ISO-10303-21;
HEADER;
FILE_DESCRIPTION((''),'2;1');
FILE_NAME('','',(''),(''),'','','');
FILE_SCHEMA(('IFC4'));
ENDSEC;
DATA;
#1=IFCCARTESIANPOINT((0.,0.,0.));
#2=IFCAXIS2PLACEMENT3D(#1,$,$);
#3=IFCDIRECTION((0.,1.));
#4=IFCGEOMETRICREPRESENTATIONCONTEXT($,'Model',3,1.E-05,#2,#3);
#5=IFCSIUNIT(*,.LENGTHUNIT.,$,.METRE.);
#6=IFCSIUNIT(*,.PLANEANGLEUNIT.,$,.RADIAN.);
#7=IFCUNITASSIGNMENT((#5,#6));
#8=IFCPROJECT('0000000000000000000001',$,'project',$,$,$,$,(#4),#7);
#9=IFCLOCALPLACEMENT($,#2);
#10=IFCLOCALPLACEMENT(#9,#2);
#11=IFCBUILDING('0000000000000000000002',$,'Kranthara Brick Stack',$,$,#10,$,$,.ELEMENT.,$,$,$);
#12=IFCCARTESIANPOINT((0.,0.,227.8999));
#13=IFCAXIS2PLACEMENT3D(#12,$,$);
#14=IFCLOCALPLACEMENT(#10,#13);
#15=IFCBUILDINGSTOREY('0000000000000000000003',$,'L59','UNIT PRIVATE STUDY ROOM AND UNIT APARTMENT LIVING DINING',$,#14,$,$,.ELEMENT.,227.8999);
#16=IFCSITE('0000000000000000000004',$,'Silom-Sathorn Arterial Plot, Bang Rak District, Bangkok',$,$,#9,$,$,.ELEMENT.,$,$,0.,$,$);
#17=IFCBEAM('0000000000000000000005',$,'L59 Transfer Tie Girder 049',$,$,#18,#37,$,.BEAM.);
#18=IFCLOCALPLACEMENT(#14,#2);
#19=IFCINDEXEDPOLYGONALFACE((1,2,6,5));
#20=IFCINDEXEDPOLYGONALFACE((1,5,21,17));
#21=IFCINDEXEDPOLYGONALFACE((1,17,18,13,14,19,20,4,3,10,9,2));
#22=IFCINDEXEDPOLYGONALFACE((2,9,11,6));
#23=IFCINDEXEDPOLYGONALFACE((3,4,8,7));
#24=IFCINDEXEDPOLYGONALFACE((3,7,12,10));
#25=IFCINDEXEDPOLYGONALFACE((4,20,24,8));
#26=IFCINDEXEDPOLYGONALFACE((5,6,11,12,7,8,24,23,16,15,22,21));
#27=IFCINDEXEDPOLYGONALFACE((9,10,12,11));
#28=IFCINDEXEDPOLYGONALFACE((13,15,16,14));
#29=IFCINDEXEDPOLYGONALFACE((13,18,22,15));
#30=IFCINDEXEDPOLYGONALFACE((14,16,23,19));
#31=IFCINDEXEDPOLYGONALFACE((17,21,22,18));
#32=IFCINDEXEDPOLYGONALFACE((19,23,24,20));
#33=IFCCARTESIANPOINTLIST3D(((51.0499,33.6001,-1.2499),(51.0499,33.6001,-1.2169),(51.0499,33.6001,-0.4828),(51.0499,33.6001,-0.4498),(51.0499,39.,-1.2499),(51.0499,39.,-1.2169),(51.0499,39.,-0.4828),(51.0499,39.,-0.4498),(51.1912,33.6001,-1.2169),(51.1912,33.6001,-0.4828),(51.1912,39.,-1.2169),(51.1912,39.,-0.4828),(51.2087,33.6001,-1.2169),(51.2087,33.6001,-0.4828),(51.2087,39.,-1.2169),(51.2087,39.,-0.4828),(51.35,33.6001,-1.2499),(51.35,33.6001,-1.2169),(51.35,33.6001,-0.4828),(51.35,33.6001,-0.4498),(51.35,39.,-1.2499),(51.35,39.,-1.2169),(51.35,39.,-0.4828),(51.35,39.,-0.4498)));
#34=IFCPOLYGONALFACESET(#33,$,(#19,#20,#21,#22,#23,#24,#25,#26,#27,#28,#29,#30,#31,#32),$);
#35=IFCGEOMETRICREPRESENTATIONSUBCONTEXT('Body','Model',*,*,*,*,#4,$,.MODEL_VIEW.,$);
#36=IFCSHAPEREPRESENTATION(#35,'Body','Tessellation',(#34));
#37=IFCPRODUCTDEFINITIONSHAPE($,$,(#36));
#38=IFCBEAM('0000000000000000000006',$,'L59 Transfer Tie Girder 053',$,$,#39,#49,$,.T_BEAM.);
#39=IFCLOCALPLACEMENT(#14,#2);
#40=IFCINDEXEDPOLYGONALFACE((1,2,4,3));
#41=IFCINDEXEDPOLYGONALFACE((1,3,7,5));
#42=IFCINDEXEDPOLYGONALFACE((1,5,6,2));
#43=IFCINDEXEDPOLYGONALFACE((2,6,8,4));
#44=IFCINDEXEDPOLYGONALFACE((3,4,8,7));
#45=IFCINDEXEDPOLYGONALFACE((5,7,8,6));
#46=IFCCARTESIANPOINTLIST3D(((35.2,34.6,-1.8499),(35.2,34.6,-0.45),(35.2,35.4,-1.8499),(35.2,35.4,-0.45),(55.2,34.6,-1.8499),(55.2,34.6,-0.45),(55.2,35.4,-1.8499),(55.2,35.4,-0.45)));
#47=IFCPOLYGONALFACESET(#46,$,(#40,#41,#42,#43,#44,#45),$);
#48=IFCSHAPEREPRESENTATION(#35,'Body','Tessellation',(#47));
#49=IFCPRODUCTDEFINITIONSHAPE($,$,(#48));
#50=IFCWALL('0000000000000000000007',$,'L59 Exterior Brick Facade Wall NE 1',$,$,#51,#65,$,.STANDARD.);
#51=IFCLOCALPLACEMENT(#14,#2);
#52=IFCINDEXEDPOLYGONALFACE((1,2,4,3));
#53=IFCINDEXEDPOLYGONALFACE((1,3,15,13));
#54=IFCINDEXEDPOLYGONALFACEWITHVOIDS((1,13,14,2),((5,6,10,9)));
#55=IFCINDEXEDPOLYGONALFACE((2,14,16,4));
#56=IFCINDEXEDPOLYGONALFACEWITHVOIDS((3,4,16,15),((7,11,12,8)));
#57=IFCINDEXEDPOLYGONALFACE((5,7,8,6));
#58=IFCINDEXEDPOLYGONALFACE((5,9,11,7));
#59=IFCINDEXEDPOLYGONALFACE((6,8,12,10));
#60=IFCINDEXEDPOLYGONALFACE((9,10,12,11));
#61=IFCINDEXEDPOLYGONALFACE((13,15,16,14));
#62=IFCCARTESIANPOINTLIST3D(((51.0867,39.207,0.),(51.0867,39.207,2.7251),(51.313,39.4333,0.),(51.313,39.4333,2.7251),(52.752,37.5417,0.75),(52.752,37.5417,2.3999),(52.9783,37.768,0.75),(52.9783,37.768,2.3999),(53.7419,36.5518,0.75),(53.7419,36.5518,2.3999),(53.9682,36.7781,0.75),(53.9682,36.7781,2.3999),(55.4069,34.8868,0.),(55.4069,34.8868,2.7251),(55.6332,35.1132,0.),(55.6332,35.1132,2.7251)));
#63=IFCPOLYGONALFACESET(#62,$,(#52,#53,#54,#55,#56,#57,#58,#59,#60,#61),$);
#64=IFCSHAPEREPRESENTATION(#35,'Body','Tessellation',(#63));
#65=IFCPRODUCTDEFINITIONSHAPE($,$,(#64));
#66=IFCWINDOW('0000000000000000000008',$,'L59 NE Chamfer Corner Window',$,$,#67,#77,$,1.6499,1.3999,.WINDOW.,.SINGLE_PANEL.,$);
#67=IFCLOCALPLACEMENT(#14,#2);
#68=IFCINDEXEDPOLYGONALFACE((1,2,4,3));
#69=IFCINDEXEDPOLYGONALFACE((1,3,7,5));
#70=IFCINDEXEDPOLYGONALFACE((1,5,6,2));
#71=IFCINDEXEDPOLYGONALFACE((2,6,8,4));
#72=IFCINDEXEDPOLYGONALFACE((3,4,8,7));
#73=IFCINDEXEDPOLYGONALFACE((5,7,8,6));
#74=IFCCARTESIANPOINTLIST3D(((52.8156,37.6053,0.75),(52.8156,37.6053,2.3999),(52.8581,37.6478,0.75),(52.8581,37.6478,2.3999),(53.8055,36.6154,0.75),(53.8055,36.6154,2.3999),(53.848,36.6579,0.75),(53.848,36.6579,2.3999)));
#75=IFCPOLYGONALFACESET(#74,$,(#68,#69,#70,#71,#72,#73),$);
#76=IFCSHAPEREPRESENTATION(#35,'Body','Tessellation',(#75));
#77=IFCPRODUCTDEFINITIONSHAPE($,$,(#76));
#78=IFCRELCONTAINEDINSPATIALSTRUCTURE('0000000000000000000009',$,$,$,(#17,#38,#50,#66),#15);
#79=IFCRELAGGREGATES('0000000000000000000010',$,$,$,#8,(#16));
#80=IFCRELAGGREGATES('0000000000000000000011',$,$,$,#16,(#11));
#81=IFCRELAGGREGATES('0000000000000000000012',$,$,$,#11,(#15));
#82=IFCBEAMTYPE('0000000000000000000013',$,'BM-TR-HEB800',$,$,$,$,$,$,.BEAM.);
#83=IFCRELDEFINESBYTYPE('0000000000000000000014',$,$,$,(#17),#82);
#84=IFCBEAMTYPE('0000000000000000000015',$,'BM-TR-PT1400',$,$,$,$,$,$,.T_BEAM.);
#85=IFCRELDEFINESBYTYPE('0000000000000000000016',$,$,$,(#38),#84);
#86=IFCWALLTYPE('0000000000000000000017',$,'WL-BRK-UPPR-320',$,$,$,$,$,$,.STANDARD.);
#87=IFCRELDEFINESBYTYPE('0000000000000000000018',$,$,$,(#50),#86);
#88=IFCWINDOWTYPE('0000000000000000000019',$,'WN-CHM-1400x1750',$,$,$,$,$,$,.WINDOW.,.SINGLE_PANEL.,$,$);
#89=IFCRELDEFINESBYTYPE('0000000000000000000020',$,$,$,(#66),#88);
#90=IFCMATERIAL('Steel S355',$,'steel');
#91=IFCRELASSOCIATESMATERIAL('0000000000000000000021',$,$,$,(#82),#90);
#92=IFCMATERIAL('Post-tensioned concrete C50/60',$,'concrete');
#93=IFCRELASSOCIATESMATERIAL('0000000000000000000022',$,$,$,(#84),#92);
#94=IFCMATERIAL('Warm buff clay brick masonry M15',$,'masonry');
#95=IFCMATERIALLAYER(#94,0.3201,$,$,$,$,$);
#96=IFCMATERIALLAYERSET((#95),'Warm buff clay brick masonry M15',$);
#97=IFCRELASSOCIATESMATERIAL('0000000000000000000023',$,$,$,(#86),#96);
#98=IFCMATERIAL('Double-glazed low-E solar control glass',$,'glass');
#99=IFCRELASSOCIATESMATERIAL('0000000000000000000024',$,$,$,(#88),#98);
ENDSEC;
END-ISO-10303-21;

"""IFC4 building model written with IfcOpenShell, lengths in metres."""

from ifc_helpers import new_model, si_unit, direction, frame, frame_2d, origin, origin_2d, place, context, subcontext, project, spatial, rectangle, i_section, extrude, material, layer, layer_set, material_profile, profile_set, type_object, element, fill, save


model = new_model("IFC4")

# Units and contexts
model_context = context("Model", 3, precision=1e-05, world=origin(), true_north=direction((0.0, 1.0)))
body_context = subcontext(model_context, "Body", "Model", "MODEL_VIEW")
ifc_project = project(units=[si_unit("LENGTHUNIT", "METRE"), si_unit("PLANEANGLEUNIT", "RADIAN")], contexts=[model_context])

# Site, building, storey
site_placement = place(None, origin())
site = spatial("IfcSite", under=ifc_project, at=site_placement, Name="Silom-Sathorn Arterial Plot, Bang Rak District, Bangkok", CompositionType="ELEMENT", RefElevation=0.0)
building_placement = place(site_placement, origin())
building = spatial("IfcBuilding", under=site, at=building_placement, Name="Kranthara Brick Stack", CompositionType="ELEMENT")
storey_placement = place(building_placement, frame((0.0, 0.0, 227.8999)))
storey = spatial("IfcBuildingStorey", under=building, at=storey_placement, Name="L59", Description="UNIT PRIVATE STUDY ROOM AND UNIT APARTMENT LIVING DINING", CompositionType="ELEMENT", Elevation=227.8999)

# Beams
ifc_material_1 = material(Name="Steel S355", Category="steel")
ifc_material_profile_1 = material_profile(ifc_material_1, i_section(OverallWidth=0.3, OverallDepth=0.8, WebThickness=0.0176, FlangeThickness=0.033, at=origin_2d()), Name="HEB 800")
ifc_profile_set_1 = profile_set([ifc_material_profile_1], Name="Steel S355")
beam_type_1 = type_object("IfcBeamType", Name="BM-TR-HEB800", PredefinedType="BEAM", material=ifc_profile_set_1)
beam_1_placement = place(storey_placement, frame((51.2, 39.0, -0.8499), z_axis=(0.0, -1.0, 0.0), x_axis=(1.0, 0.0, 0.0)))
element("IfcBeam", 1, at=beam_1_placement, inside=storey, type_object=beam_type_1, Name="L59 Transfer Tie Girder 049", PredefinedType="BEAM", context=body_context, shape_type="SweptSolid", body=[
    extrude(i_section(OverallWidth=0.3, OverallDepth=0.8, WebThickness=0.0176, FlangeThickness=0.033, at=origin_2d()), origin(), (0.0, 0.0, 1.0), 5.3999),
])
ifc_material_2 = material(Name="Post-tensioned concrete C50/60", Category="concrete")
ifc_material_profile_2 = material_profile(ifc_material_2, rectangle(XDim=0.8, YDim=1.3999, at=origin_2d()), Name="PT 800x1400")
ifc_profile_set_2 = profile_set([ifc_material_profile_2], Name="Post-tensioned concrete C50/60")
beam_type_2 = type_object("IfcBeamType", Name="BM-TR-PT1400", PredefinedType="T_BEAM", material=ifc_profile_set_2)
beam_2_placement = place(storey_placement, frame((55.2, 35.0, -1.1499), z_axis=(-1.0, 0.0, 0.0), x_axis=(0.0, -1.0, 0.0)))
element("IfcBeam", 2, at=beam_2_placement, inside=storey, type_object=beam_type_2, Name="L59 Transfer Tie Girder 053", PredefinedType="T_BEAM", context=body_context, shape_type="SweptSolid", body=[
    extrude(rectangle(XDim=0.8, YDim=1.3999, at=origin_2d()), origin(), (0.0, 0.0, 1.0), 20.0),
])

# Wall, opening, window
ifc_material_3 = material(Name="Warm buff clay brick masonry M15", Category="masonry")
ifc_layer_1 = layer(ifc_material_3, 0.3201)
ifc_layer_set_1 = layer_set([ifc_layer_1], Name="Warm buff clay brick masonry M15")
wall_type_1 = type_object("IfcWallType", Name="WL-BRK-UPPR-320", PredefinedType="STANDARD", material=ifc_layer_set_1)
wall_1_placement = place(storey_placement, frame((51.2, 39.3201, 0.0), z_axis=(0.0, 0.0, 1.0), x_axis=(0.707107, -0.707107, 0.0)))
wall_1 = element("IfcWall", 3, at=wall_1_placement, inside=storey, type_object=wall_type_1, Name="L59 Exterior Brick Facade Wall NE 1", PredefinedType="STANDARD", context=body_context, shape_type="SweptSolid", body=[
    extrude(rectangle(XDim=6.1096, YDim=0.3201, at=frame_2d((3.0547, 0.0))), origin(), (0.0, 0.0, 1.0), 2.7251),
])
opening_1_placement = place(wall_1_placement, frame((2.355, 0.0, 0.75)))
opening_1 = element("IfcOpeningElement", 4, at=opening_1_placement, cuts=wall_1, PredefinedType="OPENING", context=body_context, shape_type="SweptSolid", body=[
    extrude(rectangle(XDim=1.3999, YDim=1.6499, at=frame_2d((0.7, 0.825))), frame((0.0, 0.1699, 0.0), z_axis=(0.0, -1.0, 0.0), x_axis=(1.0, 0.0, 0.0)), (0.0, 0.0, 1.0), 0.3401),
])
ifc_material_4 = material(Name="Double-glazed low-E solar control glass", Category="glass")
window_type_1 = type_object("IfcWindowType", Name="WN-CHM-1400x1750", PartitioningType="SINGLE_PANEL", PredefinedType="WINDOW", material=ifc_material_4)
window_1_placement = place(opening_1_placement, origin())
window_1 = element("IfcWindow", 5, at=window_1_placement, inside=storey, type_object=window_type_1, Name="L59 NE Chamfer Corner Window", OverallHeight=1.6499, OverallWidth=1.3999, PartitioningType="SINGLE_PANEL", PredefinedType="WINDOW", context=body_context, shape_type="SweptSolid", body=[
    extrude(rectangle(XDim=1.3999, YDim=1.6499, at=frame_2d((0.7, 0.825))), frame((0.0, -0.01, 0.0), z_axis=(0.0, -1.0, 0.0), x_axis=(1.0, 0.0, 0.0)), (0.0, 0.0, 1.0), 0.0601),
])
fill(opening_1, window_1)

save(model, "model.ifc")
